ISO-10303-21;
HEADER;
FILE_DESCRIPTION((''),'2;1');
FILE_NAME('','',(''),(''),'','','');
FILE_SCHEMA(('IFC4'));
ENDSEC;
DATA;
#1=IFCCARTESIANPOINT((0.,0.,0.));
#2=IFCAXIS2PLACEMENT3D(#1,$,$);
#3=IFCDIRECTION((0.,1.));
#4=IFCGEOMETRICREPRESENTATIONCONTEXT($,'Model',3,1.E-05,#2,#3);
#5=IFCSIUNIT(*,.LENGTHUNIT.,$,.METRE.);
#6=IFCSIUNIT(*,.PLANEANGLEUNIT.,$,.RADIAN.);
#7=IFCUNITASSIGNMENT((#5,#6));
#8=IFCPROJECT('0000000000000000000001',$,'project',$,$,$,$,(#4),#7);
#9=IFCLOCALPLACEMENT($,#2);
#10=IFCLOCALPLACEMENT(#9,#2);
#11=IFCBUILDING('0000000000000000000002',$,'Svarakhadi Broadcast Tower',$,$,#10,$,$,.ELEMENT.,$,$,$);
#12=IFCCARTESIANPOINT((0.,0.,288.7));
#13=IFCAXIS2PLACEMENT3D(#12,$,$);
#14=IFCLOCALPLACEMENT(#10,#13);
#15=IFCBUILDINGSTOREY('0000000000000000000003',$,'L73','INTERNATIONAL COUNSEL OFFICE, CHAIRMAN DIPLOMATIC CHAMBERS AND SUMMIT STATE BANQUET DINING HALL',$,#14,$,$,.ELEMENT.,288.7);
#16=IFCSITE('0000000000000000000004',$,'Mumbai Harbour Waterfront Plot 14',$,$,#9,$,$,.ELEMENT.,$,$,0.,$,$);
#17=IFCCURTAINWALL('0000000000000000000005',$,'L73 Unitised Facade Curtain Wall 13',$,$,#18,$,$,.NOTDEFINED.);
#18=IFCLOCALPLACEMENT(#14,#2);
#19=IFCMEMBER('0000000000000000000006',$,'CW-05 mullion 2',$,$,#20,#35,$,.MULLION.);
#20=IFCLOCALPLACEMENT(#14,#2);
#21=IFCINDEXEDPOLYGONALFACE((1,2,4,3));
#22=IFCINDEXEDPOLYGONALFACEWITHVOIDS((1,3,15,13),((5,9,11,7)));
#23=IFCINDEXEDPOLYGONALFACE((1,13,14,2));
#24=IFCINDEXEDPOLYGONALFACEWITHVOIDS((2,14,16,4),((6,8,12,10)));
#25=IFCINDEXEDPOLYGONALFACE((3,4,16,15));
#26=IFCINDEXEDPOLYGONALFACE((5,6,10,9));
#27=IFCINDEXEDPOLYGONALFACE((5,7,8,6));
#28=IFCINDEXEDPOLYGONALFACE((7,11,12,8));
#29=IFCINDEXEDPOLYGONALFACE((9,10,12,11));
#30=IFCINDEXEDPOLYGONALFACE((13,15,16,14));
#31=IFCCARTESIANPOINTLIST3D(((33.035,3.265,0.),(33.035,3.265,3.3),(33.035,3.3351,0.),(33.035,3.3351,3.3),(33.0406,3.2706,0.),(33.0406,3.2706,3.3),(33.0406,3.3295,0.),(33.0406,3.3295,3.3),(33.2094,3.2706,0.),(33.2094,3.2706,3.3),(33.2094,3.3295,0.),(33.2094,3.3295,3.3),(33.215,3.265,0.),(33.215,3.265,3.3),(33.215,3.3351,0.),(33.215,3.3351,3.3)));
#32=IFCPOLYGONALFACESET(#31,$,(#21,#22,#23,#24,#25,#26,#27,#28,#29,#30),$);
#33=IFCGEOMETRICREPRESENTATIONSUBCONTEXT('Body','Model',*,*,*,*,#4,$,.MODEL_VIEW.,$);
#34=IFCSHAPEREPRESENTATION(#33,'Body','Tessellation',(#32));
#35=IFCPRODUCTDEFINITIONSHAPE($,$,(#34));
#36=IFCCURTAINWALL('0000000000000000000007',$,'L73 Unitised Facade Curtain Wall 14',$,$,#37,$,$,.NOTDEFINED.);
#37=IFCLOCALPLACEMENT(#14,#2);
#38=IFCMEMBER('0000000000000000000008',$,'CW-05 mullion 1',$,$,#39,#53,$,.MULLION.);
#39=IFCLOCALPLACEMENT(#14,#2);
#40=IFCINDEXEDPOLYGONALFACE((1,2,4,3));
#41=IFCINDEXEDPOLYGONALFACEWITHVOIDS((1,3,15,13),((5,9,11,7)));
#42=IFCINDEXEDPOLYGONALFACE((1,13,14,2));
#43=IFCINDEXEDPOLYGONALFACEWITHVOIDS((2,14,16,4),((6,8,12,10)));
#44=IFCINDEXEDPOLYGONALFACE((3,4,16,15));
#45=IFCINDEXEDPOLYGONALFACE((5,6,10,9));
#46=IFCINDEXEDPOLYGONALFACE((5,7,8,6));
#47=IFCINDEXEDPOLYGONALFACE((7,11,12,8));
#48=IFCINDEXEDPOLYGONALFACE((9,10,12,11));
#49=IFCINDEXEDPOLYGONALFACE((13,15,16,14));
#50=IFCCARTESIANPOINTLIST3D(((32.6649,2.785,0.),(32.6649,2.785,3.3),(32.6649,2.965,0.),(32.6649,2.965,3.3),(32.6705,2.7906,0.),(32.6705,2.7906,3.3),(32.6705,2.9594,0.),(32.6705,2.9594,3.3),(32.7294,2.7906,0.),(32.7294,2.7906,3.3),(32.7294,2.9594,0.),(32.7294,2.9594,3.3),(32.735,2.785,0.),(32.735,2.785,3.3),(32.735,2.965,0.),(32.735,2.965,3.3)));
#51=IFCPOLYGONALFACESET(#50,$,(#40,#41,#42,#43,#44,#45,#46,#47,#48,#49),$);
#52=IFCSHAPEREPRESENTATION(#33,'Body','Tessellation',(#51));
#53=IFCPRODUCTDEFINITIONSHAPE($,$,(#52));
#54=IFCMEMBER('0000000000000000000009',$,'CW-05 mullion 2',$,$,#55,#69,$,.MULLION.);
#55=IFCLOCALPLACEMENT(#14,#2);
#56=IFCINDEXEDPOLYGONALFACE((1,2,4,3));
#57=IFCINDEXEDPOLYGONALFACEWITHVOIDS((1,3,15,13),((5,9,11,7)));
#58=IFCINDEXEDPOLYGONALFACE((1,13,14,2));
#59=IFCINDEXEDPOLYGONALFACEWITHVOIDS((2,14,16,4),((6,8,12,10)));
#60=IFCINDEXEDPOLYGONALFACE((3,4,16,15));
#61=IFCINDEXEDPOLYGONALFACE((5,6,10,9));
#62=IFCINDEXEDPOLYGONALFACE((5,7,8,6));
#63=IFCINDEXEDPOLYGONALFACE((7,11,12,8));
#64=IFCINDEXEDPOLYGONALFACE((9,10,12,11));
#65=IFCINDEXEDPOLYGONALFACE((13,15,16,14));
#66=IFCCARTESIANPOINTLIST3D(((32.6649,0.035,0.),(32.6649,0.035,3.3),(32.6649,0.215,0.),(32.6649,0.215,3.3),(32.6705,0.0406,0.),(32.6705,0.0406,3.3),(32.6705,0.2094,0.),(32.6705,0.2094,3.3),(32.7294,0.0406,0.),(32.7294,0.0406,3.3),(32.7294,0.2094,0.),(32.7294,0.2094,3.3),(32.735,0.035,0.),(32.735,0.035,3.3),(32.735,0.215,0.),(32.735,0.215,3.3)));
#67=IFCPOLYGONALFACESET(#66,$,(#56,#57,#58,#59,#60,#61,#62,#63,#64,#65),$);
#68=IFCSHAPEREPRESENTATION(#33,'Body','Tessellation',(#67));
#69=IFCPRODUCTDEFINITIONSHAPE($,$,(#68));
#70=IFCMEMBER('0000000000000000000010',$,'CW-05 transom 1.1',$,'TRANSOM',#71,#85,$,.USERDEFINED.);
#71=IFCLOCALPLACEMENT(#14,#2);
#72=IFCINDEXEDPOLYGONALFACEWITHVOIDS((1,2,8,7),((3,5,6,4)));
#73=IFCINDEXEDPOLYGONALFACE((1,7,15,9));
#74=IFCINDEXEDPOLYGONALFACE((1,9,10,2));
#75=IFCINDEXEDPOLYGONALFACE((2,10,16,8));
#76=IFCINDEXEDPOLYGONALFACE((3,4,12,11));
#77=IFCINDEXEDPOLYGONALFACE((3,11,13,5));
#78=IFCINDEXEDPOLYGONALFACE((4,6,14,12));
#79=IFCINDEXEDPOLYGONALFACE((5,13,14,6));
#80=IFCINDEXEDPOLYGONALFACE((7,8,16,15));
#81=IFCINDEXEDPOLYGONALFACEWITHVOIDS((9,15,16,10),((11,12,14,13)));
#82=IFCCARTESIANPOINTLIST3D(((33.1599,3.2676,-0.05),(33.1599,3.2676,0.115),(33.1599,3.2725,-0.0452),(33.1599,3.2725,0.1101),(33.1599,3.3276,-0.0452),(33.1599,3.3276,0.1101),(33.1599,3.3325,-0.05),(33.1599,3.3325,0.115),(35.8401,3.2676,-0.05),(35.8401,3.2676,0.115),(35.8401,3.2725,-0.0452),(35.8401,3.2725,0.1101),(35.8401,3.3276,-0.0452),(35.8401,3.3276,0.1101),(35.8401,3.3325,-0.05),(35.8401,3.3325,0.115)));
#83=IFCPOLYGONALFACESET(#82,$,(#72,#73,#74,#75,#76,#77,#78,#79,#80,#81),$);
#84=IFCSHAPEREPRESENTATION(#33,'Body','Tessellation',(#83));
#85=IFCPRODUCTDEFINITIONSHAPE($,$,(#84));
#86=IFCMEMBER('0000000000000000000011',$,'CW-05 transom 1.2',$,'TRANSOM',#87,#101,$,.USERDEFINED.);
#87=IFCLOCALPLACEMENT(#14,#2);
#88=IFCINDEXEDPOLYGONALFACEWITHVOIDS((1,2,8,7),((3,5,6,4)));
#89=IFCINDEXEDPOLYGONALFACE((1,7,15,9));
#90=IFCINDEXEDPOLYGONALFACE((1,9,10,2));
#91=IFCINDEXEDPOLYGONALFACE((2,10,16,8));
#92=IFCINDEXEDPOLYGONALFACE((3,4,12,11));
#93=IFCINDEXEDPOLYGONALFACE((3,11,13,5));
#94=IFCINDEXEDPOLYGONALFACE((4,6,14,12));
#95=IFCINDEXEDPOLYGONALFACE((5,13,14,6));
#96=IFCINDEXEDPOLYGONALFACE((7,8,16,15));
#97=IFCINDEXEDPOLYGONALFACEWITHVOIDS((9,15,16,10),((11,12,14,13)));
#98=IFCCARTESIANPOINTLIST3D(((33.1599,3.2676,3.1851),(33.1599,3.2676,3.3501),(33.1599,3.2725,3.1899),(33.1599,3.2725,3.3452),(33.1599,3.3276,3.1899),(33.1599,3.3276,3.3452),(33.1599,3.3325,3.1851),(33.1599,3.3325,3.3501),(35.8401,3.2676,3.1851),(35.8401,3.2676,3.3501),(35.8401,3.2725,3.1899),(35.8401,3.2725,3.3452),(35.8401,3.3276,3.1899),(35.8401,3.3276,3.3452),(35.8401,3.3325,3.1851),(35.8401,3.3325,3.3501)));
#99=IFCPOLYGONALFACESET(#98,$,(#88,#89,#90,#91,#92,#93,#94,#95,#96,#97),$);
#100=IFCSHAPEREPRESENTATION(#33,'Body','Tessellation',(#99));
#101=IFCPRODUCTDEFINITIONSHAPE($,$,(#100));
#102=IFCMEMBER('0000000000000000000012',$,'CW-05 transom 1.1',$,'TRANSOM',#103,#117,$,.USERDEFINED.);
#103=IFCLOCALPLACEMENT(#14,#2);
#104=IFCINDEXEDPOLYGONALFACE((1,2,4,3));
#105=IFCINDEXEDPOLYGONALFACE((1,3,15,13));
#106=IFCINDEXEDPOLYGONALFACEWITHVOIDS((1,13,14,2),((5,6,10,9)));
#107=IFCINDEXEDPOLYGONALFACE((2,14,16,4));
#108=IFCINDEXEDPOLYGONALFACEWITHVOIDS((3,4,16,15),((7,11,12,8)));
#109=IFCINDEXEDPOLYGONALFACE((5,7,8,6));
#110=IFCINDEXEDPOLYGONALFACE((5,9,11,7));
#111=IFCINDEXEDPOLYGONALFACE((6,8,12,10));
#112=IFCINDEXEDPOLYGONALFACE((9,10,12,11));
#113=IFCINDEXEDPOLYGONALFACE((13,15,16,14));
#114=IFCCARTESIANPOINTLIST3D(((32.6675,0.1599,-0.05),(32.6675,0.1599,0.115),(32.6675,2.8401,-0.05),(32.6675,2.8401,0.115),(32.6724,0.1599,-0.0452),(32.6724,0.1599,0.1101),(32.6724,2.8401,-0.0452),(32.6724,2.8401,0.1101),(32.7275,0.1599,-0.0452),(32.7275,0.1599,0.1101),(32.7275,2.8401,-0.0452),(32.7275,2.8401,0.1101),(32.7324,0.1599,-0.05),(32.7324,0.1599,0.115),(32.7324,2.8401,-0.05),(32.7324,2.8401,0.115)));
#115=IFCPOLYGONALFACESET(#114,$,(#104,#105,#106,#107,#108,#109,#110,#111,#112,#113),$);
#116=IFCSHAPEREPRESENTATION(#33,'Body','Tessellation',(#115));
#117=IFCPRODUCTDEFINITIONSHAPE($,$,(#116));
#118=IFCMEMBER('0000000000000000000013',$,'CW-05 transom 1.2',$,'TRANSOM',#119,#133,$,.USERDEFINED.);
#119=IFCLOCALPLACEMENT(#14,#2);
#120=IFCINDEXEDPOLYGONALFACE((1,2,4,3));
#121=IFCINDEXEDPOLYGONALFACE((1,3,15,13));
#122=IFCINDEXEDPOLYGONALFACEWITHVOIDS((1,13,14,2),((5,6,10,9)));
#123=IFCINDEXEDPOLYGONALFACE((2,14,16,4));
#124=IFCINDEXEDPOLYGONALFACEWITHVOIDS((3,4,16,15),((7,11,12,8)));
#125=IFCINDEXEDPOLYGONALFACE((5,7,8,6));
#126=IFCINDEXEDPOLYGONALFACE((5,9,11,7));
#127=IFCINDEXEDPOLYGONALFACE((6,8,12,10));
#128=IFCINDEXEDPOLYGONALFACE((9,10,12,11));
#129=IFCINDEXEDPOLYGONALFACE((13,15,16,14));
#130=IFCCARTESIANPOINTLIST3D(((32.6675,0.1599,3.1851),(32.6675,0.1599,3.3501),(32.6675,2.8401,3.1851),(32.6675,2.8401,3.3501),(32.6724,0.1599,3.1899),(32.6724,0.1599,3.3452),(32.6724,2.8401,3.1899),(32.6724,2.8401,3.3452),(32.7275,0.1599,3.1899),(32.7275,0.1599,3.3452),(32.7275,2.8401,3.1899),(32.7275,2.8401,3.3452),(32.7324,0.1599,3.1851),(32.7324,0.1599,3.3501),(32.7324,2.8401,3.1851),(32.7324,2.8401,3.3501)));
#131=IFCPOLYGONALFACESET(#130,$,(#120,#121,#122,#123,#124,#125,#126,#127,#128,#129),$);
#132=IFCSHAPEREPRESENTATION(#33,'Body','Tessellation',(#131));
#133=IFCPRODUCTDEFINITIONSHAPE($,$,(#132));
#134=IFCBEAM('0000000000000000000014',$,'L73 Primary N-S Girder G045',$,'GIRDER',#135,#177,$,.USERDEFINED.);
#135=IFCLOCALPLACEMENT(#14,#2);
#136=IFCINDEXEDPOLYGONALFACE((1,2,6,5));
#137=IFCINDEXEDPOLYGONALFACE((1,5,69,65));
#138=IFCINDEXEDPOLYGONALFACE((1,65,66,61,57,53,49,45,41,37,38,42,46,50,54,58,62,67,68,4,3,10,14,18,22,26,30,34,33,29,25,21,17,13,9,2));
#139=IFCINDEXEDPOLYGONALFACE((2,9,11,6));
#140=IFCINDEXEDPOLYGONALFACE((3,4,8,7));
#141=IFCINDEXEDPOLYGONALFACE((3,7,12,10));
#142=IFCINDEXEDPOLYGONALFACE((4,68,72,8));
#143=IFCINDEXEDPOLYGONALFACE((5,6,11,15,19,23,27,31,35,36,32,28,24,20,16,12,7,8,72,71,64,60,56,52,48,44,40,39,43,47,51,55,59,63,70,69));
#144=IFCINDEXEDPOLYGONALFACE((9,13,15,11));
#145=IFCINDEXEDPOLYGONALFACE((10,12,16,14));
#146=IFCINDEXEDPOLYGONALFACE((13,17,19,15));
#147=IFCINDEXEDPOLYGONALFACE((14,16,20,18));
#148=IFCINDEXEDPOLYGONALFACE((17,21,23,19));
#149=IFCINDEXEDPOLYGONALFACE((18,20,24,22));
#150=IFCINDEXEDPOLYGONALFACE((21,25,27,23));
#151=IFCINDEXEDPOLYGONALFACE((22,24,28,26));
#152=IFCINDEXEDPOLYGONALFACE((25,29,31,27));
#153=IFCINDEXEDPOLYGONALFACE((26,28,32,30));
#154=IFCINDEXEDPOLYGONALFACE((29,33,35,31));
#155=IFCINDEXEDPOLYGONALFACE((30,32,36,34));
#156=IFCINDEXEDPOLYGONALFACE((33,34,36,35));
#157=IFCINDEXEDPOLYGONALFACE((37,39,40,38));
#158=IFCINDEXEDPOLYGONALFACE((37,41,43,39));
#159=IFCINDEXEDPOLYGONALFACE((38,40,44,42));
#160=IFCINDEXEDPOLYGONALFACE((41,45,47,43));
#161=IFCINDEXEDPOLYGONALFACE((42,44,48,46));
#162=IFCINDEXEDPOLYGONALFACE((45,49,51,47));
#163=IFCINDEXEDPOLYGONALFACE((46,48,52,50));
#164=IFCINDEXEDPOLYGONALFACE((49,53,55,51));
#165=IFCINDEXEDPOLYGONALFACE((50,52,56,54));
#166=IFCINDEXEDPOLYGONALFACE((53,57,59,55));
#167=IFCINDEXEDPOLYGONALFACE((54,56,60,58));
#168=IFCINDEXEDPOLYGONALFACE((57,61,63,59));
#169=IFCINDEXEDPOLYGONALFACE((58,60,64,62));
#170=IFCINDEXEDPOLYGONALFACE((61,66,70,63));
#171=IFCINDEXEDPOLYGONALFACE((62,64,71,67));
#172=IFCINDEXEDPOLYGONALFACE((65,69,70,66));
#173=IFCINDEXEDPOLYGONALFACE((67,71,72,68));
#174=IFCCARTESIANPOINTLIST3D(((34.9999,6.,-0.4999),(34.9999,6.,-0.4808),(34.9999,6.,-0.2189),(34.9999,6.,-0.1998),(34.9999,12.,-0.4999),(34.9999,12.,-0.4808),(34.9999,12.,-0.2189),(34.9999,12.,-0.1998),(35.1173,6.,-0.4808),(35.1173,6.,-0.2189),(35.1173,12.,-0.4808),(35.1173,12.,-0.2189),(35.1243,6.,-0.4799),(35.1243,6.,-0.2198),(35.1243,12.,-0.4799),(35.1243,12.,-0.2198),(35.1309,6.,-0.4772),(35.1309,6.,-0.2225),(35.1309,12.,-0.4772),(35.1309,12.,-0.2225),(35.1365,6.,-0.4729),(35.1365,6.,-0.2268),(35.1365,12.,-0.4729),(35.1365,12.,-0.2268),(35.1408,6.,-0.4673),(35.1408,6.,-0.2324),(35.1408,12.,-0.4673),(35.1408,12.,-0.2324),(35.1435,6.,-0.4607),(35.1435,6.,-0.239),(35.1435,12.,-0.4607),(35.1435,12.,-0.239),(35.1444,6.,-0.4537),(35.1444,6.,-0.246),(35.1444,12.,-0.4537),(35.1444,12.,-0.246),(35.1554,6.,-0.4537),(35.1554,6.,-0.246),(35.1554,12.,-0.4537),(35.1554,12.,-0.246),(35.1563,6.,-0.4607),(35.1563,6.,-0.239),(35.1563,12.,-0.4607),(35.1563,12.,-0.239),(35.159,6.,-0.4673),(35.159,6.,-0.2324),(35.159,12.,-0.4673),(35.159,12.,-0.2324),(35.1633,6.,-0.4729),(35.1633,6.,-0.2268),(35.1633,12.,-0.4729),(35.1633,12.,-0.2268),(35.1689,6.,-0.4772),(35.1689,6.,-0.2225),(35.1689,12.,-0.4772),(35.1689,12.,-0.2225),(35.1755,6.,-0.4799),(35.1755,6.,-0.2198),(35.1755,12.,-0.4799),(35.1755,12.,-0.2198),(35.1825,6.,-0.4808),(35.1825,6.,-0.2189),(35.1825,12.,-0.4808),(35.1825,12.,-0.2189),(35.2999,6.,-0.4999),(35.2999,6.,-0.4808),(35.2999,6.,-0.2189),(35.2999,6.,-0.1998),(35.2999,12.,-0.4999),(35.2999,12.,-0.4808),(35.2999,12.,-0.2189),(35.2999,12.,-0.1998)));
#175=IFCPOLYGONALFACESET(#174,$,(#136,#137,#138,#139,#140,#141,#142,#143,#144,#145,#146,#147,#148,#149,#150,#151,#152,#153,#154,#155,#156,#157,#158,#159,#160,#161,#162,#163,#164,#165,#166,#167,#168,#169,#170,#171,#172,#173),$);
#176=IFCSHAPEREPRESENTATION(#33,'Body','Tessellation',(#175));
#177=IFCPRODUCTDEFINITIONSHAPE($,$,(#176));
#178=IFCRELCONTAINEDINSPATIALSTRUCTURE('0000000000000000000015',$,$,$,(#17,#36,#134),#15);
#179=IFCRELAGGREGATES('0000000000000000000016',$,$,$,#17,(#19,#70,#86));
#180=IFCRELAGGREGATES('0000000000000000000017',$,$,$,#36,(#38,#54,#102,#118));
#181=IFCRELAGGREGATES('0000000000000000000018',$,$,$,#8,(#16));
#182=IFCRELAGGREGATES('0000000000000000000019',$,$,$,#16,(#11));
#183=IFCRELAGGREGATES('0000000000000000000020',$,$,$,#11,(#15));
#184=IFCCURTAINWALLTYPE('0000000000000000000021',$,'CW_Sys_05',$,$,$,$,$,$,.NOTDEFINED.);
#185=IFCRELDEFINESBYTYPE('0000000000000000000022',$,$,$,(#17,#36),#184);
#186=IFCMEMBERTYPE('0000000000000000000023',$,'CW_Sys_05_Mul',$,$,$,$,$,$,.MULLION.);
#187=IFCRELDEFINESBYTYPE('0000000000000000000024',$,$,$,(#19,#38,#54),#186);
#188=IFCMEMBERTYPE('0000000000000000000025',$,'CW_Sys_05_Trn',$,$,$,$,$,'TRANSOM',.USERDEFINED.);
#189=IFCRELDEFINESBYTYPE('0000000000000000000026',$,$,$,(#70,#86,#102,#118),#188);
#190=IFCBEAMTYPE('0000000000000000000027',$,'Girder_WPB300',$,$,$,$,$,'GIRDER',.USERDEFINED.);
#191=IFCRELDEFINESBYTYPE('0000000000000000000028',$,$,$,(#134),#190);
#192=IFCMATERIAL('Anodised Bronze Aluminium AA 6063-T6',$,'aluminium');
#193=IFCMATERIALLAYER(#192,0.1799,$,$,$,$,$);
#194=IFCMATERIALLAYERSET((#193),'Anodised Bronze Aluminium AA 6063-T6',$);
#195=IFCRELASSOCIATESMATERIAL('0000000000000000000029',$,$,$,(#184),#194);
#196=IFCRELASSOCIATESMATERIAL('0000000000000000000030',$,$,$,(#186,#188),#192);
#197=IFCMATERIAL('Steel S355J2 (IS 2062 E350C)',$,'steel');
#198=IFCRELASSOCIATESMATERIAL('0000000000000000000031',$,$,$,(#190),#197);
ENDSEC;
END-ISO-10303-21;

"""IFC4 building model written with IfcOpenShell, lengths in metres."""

from ifc_helpers import new_model, si_unit, direction, frame, origin, origin_2d, place, context, subcontext, project, spatial, hollow_rectangle, i_section, extrude, material, layer, layer_set, material_profile, profile_set, type_object, element, aggregate, save


model = new_model("IFC4")

# Units and contexts
model_context = context("Model", 3, precision=1e-05, world=origin(), true_north=direction((0.0, 1.0)))
body_context = subcontext(model_context, "Body", "Model", "MODEL_VIEW")
ifc_project = project(units=[si_unit("LENGTHUNIT", "METRE"), si_unit("PLANEANGLEUNIT", "RADIAN")], contexts=[model_context])

# Site, building, storey
site_placement = place(None, origin())
site = spatial("IfcSite", under=ifc_project, at=site_placement, Name="Mumbai Harbour Waterfront Plot 14", CompositionType="ELEMENT", RefElevation=0.0)
building_placement = place(site_placement, origin())
building = spatial("IfcBuilding", under=site, at=building_placement, Name="Svarakhadi Broadcast Tower", CompositionType="ELEMENT")
storey_placement = place(building_placement, frame((0.0, 0.0, 288.7)))
storey = spatial("IfcBuildingStorey", under=building, at=storey_placement, Name="L73", Description="INTERNATIONAL COUNSEL OFFICE, CHAIRMAN DIPLOMATIC CHAMBERS AND SUMMIT STATE BANQUET DINING HALL", CompositionType="ELEMENT", Elevation=288.7)

# Shared definitions
ifc_material_1 = material(Name="Anodised Bronze Aluminium AA 6063-T6", Category="aluminium")
ifc_layer_1 = layer(ifc_material_1, 0.1799)
ifc_layer_set_1 = layer_set([ifc_layer_1], Name="Anodised Bronze Aluminium AA 6063-T6")
curtain_wall_type = type_object("IfcCurtainWallType", Name="CW_Sys_05", PredefinedType="NOTDEFINED", material=ifc_layer_set_1)
ifc_material_profile_1 = material_profile(ifc_material_1, hollow_rectangle(XDim=0.0701, YDim=0.1799, WallThickness=0.0056, at=origin_2d()), Name="ALU MULLION 180x70x6")
ifc_profile_set_1 = profile_set([ifc_material_profile_1], Name="Anodised Bronze Aluminium AA 6063-T6")
member_type_1 = type_object("IfcMemberType", Name="CW_Sys_05_Mul", PredefinedType="MULLION", material=ifc_profile_set_1)

# Curtain walls, members
curtain_wall_1_placement = place(storey_placement, origin())
curtain_wall_1 = element("IfcCurtainWall", 1, at=curtain_wall_1_placement, inside=storey, type_object=curtain_wall_type, Name="L73 Unitised Facade Curtain Wall 13", PredefinedType="NOTDEFINED")
member_1_placement = place(storey_placement, frame((33.125, 3.3, 0.0), z_axis=(0.0, 0.0, 1.0), x_axis=(0.0, -1.0, 0.0)))
member_1 = element("IfcMember", 2, at=member_1_placement, type_object=member_type_1, Name="CW-05 mullion 2", PredefinedType="MULLION", context=body_context, shape_type="SweptSolid", body=[
    extrude(hollow_rectangle(XDim=0.0701, YDim=0.1799, WallThickness=0.0056, at=origin_2d()), origin(), (0.0, 0.0, 1.0), 3.3),
])
curtain_wall_2_placement = place(storey_placement, origin())
curtain_wall_2 = element("IfcCurtainWall", 3, at=curtain_wall_2_placement, inside=storey, type_object=curtain_wall_type, Name="L73 Unitised Facade Curtain Wall 14", PredefinedType="NOTDEFINED")
member_2_placement = place(storey_placement, frame((32.7, 2.875, 0.0), z_axis=(0.0, 0.0, 1.0), x_axis=(1.0, 0.0, 0.0)))
member_2 = element("IfcMember", 4, at=member_2_placement, type_object=member_type_1, Name="CW-05 mullion 1", PredefinedType="MULLION", context=body_context, shape_type="SweptSolid", body=[
    extrude(hollow_rectangle(XDim=0.0701, YDim=0.1799, WallThickness=0.0056, at=origin_2d()), origin(), (0.0, 0.0, 1.0), 3.3),
])
member_3_placement = place(storey_placement, frame((32.7, 0.125, 0.0), z_axis=(0.0, 0.0, 1.0), x_axis=(1.0, 0.0, 0.0)))
member_3 = element("IfcMember", 5, at=member_3_placement, type_object=member_type_1, Name="CW-05 mullion 2", PredefinedType="MULLION", context=body_context, shape_type="SweptSolid", body=[
    extrude(hollow_rectangle(XDim=0.0701, YDim=0.1799, WallThickness=0.0056, at=origin_2d()), origin(), (0.0, 0.0, 1.0), 3.3),
])

# Members
ifc_material_profile_2 = material_profile(ifc_material_1, hollow_rectangle(XDim=0.0649, YDim=0.165, WallThickness=0.0049, at=origin_2d()), Name="ALU TRANSOM 165x65x5")
ifc_profile_set_2 = profile_set([ifc_material_profile_2], Name="Anodised Bronze Aluminium AA 6063-T6")
member_type_2 = type_object("IfcMemberType", Name="CW_Sys_05_Trn", ElementType="TRANSOM", PredefinedType="USERDEFINED", material=ifc_profile_set_2)
member_4_placement = place(storey_placement, frame((35.8401, 3.3, 0.0325), z_axis=(-1.0, 0.0, 0.0), x_axis=(0.0, -1.0, 0.0)))
member_4 = element("IfcMember", 6, at=member_4_placement, type_object=member_type_2, Name="CW-05 transom 1.1", ObjectType="TRANSOM", PredefinedType="USERDEFINED", context=body_context, shape_type="SweptSolid", body=[
    extrude(hollow_rectangle(XDim=0.0649, YDim=0.165, WallThickness=0.0049, at=origin_2d()), origin(), (0.0, 0.0, 1.0), 2.6802),
])
member_5_placement = place(storey_placement, frame((35.8401, 3.3, 3.2676), z_axis=(-1.0, 0.0, 0.0), x_axis=(0.0, -1.0, 0.0)))
member_5 = element("IfcMember", 7, at=member_5_placement, type_object=member_type_2, Name="CW-05 transom 1.2", ObjectType="TRANSOM", PredefinedType="USERDEFINED", context=body_context, shape_type="SweptSolid", body=[
    extrude(hollow_rectangle(XDim=0.0649, YDim=0.165, WallThickness=0.0049, at=origin_2d()), origin(), (0.0, 0.0, 1.0), 2.6802),
])
member_6_placement = place(storey_placement, frame((32.7, 2.8401, 0.0325), z_axis=(0.0, -1.0, 0.0), x_axis=(1.0, 0.0, 0.0)))
member_6 = element("IfcMember", 8, at=member_6_placement, type_object=member_type_2, Name="CW-05 transom 1.1", ObjectType="TRANSOM", PredefinedType="USERDEFINED", context=body_context, shape_type="SweptSolid", body=[
    extrude(hollow_rectangle(XDim=0.0649, YDim=0.165, WallThickness=0.0049, at=origin_2d()), origin(), (0.0, 0.0, 1.0), 2.6802),
])
member_7_placement = place(storey_placement, frame((32.7, 2.8401, 3.2676), z_axis=(0.0, -1.0, 0.0), x_axis=(1.0, 0.0, 0.0)))
member_7 = element("IfcMember", 9, at=member_7_placement, type_object=member_type_2, Name="CW-05 transom 1.2", ObjectType="TRANSOM", PredefinedType="USERDEFINED", context=body_context, shape_type="SweptSolid", body=[
    extrude(hollow_rectangle(XDim=0.0649, YDim=0.165, WallThickness=0.0049, at=origin_2d()), origin(), (0.0, 0.0, 1.0), 2.6802),
])

# Beam
ifc_material_2 = material(Name="Steel S355J2 (IS 2062 E350C)", Category="steel")
ifc_material_profile_3 = material_profile(ifc_material_2, i_section(OverallWidth=0.3, OverallDepth=0.3, WebThickness=0.011, FlangeThickness=0.019, FilletRadius=0.0271, at=origin_2d()), Name="WPB 300x300x117")
ifc_profile_set_3 = profile_set([ifc_material_profile_3], Name="Steel S355J2 (IS 2062 E350C)")
beam_type_1 = type_object("IfcBeamType", Name="Girder_WPB300", ElementType="GIRDER", PredefinedType="USERDEFINED", material=ifc_profile_set_3)
beam_1_placement = place(storey_placement, frame((35.1499, 6.0, -0.3499), z_axis=(0.0, 1.0, 0.0), x_axis=(-1.0, 0.0, 0.0)))
element("IfcBeam", 10, at=beam_1_placement, inside=storey, type_object=beam_type_1, Name="L73 Primary N-S Girder G045", ObjectType="GIRDER", PredefinedType="USERDEFINED", context=body_context, shape_type="SweptSolid", body=[
    extrude(i_section(OverallWidth=0.3, OverallDepth=0.3, WebThickness=0.011, FlangeThickness=0.019, FilletRadius=0.0271, at=origin_2d()), origin(), (0.0, 0.0, 1.0), 6.0),
])

aggregate(curtain_wall_1, [member_1, member_4, member_5])
aggregate(curtain_wall_2, [member_2, member_3, member_6, member_7])

save(model, "model.ifc")
